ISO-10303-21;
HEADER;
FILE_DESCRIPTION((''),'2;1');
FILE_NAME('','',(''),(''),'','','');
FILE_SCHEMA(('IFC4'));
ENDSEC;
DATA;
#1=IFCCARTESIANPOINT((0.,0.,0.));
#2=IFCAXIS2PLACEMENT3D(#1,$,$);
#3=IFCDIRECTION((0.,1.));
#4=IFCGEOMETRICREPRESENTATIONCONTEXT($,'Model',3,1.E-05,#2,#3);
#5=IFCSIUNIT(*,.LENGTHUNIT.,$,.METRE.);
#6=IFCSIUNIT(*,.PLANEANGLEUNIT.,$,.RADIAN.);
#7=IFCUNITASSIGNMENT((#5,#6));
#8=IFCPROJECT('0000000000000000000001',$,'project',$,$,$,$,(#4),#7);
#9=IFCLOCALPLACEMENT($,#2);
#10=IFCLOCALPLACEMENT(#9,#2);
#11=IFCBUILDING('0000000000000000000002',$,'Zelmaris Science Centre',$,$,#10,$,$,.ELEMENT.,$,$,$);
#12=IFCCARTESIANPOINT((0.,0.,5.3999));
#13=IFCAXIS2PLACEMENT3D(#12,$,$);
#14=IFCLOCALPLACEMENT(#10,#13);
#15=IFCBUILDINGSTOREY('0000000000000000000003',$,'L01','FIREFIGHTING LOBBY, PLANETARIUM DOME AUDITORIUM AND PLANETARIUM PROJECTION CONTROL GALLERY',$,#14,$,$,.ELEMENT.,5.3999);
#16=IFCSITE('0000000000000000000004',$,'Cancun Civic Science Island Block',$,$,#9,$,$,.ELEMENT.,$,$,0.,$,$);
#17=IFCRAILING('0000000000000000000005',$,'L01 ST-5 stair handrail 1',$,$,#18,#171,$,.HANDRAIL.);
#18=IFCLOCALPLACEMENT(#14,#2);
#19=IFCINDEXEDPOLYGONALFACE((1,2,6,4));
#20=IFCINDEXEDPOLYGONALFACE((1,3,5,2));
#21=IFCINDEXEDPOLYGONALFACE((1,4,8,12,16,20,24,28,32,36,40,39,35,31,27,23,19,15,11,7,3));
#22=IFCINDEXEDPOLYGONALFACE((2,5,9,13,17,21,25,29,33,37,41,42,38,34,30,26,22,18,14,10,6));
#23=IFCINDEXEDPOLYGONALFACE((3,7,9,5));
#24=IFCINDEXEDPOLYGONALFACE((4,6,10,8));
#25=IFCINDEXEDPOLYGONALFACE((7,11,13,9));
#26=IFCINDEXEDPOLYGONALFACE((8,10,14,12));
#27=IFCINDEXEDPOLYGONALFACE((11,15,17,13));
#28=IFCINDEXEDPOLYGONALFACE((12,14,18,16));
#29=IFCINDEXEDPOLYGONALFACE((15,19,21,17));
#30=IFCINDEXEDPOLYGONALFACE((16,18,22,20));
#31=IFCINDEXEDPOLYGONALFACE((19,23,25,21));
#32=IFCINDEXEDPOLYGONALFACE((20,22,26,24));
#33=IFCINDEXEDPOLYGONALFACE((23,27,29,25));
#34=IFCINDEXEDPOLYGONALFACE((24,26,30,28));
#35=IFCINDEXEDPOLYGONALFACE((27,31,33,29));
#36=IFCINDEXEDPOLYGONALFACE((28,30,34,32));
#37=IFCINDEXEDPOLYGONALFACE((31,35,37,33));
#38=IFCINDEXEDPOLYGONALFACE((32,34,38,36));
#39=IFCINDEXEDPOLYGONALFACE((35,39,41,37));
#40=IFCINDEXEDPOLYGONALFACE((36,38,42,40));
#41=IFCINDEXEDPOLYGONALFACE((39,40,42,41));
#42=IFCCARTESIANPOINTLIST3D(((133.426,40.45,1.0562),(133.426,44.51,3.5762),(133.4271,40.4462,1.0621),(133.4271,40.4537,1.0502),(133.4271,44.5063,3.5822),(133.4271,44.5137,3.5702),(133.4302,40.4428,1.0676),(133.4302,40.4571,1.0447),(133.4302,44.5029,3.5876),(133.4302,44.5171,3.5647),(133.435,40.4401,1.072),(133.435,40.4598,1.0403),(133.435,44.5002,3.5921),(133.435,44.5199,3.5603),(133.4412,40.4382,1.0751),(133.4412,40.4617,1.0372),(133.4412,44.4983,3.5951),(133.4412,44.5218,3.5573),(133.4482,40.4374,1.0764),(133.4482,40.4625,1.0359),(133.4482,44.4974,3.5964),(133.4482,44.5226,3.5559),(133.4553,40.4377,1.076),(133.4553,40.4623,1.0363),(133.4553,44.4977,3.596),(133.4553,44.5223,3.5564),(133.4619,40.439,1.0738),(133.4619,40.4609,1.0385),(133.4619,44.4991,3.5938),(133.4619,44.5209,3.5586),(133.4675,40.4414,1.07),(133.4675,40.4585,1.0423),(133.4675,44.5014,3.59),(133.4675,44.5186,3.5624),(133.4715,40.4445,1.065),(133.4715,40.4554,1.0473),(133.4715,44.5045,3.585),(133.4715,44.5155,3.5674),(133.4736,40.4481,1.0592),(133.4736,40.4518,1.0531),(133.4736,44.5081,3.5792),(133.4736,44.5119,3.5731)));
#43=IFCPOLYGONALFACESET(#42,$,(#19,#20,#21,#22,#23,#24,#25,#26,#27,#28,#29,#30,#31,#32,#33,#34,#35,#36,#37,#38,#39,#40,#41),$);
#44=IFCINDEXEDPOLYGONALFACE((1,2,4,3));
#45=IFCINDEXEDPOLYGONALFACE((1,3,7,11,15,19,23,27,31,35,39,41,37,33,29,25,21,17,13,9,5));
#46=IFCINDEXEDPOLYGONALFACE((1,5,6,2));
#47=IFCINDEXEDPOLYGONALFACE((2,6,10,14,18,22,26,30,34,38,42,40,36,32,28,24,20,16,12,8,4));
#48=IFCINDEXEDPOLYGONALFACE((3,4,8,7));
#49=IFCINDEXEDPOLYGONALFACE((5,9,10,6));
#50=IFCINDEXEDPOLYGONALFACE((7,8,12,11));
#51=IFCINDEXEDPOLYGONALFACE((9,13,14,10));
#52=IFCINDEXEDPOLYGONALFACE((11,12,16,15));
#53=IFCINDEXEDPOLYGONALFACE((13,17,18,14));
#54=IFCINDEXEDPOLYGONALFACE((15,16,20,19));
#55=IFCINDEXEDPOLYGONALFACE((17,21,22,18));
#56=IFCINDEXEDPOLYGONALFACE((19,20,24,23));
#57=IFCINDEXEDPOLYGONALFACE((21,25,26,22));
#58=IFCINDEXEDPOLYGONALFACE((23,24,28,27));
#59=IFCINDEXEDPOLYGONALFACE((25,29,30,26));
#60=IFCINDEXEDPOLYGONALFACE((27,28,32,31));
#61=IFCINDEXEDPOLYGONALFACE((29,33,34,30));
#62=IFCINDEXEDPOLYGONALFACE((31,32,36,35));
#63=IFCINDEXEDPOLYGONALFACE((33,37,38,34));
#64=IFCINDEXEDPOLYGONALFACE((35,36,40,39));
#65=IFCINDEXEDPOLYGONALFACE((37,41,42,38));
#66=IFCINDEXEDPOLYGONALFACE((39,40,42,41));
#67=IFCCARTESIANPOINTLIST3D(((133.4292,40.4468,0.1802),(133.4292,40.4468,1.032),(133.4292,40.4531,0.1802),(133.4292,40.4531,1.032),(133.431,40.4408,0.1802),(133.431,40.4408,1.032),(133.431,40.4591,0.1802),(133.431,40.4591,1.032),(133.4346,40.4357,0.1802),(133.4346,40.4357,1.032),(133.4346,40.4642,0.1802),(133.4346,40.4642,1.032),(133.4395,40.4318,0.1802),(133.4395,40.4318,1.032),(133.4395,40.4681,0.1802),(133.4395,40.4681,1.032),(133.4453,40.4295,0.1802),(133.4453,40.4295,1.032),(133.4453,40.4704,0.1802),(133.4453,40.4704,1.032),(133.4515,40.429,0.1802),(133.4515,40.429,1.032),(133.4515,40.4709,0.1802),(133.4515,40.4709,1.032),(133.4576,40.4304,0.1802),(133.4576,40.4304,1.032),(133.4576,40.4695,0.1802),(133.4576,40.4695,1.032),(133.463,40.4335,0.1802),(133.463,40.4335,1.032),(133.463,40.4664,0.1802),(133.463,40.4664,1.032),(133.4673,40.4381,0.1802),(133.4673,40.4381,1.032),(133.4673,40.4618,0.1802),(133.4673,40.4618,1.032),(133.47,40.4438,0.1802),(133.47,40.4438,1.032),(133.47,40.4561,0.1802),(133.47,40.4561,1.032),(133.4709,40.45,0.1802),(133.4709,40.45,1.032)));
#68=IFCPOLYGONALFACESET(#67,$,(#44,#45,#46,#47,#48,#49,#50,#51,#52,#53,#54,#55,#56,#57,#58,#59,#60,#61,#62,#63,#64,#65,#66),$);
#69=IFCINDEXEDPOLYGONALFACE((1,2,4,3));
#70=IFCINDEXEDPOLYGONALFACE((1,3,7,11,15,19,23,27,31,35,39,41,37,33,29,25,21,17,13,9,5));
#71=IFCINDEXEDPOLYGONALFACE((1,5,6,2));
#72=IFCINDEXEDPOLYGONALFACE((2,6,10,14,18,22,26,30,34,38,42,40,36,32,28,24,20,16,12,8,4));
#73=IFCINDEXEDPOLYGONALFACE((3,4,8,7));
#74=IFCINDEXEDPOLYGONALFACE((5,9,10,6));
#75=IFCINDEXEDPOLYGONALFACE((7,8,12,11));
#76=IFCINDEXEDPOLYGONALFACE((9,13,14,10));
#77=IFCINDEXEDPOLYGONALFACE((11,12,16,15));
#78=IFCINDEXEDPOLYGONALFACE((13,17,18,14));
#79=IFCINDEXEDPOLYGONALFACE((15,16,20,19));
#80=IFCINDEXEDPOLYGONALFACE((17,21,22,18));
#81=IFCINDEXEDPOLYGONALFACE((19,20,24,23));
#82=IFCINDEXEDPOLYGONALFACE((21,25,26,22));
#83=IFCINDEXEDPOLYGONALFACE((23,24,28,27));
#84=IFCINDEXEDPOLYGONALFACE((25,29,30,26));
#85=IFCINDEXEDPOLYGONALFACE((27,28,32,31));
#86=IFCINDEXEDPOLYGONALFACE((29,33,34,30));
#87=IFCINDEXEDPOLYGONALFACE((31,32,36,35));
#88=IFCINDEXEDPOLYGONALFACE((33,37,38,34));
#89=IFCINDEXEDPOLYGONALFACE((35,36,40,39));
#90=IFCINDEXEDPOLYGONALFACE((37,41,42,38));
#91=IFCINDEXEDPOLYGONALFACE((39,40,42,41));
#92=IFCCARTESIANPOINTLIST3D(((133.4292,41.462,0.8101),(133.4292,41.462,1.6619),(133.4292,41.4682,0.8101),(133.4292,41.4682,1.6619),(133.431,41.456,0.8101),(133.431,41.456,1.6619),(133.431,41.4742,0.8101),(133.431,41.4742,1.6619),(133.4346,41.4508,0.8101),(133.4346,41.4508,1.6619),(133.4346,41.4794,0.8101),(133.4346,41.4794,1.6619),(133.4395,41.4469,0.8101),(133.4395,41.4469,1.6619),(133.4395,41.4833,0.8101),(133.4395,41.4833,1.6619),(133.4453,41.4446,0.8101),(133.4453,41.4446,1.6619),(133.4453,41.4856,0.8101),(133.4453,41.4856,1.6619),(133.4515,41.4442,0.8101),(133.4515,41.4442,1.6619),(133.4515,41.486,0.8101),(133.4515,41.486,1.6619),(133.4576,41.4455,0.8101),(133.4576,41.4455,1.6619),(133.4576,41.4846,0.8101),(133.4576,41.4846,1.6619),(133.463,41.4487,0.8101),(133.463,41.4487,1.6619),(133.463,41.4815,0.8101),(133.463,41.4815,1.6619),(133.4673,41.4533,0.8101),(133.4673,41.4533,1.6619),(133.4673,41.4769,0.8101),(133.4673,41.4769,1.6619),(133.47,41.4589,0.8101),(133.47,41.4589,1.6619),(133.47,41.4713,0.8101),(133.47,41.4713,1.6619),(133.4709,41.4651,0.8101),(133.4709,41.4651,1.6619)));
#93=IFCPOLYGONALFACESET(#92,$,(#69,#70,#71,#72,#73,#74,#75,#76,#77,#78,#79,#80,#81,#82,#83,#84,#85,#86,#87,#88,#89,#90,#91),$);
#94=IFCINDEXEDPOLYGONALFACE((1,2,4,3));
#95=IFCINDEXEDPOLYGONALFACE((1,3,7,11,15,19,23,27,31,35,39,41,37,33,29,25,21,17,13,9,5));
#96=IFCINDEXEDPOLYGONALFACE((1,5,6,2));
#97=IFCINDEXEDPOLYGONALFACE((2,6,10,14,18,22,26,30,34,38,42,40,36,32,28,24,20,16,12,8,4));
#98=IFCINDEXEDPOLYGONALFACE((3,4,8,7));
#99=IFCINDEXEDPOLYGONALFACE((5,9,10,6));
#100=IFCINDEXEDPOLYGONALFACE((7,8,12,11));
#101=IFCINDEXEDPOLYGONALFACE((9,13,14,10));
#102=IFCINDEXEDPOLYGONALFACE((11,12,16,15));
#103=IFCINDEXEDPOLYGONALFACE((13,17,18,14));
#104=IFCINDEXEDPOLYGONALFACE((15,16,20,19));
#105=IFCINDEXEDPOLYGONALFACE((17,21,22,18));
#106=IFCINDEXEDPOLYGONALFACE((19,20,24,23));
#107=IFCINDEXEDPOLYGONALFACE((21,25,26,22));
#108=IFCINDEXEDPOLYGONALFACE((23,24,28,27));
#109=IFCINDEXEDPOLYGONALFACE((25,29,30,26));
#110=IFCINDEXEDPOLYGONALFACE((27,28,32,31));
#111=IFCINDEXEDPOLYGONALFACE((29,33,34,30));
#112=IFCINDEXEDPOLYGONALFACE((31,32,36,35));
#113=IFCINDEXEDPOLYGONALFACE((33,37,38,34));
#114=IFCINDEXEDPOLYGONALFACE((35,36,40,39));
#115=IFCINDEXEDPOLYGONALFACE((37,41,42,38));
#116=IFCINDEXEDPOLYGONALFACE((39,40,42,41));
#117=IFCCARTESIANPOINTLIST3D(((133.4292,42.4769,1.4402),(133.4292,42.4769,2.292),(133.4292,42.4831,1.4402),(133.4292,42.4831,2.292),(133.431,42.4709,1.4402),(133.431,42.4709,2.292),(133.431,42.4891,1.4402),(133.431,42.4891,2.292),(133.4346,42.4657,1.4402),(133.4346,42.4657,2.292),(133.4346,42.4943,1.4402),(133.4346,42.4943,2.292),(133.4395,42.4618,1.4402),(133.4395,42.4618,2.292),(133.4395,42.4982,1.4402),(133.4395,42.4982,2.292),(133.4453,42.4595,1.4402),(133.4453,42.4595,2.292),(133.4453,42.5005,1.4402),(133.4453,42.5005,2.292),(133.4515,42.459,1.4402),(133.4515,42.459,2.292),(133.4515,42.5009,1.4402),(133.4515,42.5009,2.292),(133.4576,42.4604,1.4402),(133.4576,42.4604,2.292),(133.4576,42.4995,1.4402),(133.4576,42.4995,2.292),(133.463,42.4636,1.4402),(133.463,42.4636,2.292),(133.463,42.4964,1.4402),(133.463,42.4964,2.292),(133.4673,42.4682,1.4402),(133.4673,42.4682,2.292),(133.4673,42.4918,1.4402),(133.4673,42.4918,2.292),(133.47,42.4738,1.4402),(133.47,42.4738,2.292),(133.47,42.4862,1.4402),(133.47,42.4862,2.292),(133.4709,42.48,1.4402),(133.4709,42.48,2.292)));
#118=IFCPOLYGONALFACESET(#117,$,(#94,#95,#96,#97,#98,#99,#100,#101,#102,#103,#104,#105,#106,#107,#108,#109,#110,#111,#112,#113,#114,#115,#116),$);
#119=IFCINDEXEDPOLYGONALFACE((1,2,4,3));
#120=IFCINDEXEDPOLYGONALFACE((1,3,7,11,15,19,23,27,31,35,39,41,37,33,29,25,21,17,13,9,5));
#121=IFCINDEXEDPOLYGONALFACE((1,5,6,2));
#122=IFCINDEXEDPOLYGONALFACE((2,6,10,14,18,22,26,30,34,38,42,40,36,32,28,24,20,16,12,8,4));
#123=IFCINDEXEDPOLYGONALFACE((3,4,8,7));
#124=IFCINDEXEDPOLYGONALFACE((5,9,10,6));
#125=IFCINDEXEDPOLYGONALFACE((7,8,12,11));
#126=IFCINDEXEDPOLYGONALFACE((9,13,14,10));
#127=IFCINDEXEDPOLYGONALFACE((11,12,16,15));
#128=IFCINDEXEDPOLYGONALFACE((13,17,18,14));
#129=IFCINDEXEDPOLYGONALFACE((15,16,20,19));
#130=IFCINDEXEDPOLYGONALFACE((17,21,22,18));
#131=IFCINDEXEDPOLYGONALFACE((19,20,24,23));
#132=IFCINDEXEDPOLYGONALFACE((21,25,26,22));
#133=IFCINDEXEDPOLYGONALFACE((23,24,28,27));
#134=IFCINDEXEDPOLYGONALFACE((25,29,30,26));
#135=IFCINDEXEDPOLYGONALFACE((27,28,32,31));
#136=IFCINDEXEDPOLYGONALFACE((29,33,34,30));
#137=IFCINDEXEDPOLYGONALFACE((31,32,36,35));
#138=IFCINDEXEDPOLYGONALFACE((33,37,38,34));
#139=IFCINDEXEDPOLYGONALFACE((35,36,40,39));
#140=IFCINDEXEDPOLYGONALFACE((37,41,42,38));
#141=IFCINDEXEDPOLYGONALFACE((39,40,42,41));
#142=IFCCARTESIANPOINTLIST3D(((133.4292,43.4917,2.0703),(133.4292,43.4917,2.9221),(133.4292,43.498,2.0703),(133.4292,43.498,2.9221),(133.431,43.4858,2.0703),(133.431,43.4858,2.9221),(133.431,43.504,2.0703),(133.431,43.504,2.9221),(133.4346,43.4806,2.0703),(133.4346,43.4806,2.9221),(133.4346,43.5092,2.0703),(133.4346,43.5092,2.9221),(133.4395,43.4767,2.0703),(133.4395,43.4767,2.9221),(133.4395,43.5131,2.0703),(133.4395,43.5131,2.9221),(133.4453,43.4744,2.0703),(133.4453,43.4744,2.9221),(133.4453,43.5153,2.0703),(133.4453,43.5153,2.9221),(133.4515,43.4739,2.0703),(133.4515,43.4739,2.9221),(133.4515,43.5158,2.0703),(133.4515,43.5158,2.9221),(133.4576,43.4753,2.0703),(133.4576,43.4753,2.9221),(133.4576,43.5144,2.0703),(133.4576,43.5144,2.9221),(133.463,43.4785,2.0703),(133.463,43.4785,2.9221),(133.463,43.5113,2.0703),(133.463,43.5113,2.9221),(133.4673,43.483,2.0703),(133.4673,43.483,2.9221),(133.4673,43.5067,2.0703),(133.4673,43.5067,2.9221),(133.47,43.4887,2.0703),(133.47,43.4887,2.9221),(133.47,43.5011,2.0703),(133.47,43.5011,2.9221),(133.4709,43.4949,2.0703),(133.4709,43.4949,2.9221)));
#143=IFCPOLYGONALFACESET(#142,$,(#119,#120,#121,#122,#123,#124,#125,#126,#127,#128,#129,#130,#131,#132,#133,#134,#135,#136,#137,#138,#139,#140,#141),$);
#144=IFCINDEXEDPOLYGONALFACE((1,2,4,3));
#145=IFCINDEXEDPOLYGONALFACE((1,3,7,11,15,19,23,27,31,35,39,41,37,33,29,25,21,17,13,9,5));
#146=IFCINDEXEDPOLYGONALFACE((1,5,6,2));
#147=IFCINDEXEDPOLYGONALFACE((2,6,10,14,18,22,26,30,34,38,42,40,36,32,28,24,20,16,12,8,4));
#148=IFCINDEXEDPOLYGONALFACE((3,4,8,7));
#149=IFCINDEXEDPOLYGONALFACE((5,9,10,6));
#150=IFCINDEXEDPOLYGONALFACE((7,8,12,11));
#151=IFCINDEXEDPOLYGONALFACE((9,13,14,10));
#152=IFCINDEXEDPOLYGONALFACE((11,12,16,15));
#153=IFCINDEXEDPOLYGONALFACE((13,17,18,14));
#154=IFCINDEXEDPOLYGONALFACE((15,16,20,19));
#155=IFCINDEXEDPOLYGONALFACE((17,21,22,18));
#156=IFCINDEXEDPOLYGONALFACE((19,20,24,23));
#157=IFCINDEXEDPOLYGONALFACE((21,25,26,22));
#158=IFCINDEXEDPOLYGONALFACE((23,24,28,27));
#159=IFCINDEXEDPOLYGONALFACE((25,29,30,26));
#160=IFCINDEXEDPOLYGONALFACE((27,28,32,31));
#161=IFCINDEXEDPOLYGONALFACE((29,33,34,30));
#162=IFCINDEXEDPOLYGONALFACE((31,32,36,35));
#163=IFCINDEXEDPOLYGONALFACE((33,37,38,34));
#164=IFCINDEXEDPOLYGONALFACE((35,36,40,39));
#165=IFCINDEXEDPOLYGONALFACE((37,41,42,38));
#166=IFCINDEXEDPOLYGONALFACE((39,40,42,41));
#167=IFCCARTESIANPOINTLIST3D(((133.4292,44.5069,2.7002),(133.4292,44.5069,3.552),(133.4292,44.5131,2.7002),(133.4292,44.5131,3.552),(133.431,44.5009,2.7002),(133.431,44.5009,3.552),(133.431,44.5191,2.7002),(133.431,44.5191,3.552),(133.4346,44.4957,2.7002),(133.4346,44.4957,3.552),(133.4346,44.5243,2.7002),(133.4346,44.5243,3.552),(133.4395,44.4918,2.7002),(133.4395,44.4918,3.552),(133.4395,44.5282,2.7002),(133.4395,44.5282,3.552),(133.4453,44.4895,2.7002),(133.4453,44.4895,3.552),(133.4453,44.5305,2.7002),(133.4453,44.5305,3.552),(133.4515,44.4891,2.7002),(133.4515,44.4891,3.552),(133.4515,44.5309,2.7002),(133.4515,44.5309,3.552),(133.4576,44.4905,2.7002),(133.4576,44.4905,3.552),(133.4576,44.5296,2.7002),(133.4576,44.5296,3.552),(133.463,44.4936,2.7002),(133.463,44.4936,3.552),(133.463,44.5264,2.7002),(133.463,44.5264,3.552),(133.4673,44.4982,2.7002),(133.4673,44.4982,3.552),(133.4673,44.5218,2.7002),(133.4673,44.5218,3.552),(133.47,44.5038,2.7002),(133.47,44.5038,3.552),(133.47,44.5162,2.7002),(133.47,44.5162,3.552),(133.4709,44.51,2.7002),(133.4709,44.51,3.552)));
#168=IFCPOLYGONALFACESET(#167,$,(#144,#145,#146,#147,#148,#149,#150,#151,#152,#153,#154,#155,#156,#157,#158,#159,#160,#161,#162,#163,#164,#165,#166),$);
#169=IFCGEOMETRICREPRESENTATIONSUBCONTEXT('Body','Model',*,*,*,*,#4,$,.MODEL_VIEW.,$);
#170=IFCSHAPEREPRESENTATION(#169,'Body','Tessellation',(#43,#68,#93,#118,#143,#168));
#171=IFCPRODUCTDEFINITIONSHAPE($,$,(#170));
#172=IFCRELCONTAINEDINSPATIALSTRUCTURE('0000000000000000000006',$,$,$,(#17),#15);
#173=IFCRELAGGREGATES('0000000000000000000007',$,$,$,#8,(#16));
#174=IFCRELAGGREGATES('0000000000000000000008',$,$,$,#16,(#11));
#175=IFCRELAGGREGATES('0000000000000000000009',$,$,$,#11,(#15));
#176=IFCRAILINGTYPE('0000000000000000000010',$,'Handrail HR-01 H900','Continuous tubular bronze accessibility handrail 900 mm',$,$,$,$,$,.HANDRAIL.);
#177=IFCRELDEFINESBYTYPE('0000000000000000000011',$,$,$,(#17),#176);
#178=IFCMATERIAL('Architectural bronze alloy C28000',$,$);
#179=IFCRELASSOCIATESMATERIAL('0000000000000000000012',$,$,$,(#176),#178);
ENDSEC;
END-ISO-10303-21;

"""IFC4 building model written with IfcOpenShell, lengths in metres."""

from ifc_helpers import new_model, si_unit, direction, frame, origin, origin_2d, place, context, subcontext, project, spatial, circle, extrude, material, type_object, element, save


model = new_model("IFC4")

# Units and contexts
model_context = context("Model", 3, precision=1e-05, world=origin(), true_north=direction((0.0, 1.0)))
body_context = subcontext(model_context, "Body", "Model", "MODEL_VIEW")
ifc_project = project(units=[si_unit("LENGTHUNIT", "METRE"), si_unit("PLANEANGLEUNIT", "RADIAN")], contexts=[model_context])

# Site, building, storey
site_placement = place(None, origin())
site = spatial("IfcSite", under=ifc_project, at=site_placement, Name="Cancun Civic Science Island Block", CompositionType="ELEMENT", RefElevation=0.0)
building_placement = place(site_placement, origin())
building = spatial("IfcBuilding", under=site, at=building_placement, Name="Zelmaris Science Centre", CompositionType="ELEMENT")
storey_placement = place(building_placement, frame((0.0, 0.0, 5.3999)))
storey = spatial("IfcBuildingStorey", under=building, at=storey_placement, Name="L01", Description="FIREFIGHTING LOBBY, PLANETARIUM DOME AUDITORIUM AND PLANETARIUM PROJECTION CONTROL GALLERY", CompositionType="ELEMENT", Elevation=5.3999)

# Railing
ifc_material_1 = material(Name="Architectural bronze alloy C28000")
railing_type_1 = type_object("IfcRailingType", Name="Handrail HR-01 H900", Description="Continuous tubular bronze accessibility handrail 900 mm", PredefinedType="HANDRAIL", material=ifc_material_1)
railing_1_placement = place(storey_placement, frame((133.45, 40.45, 0.1802)))
element("IfcRailing", 1, at=railing_1_placement, inside=storey, type_object=railing_type_1, Name="L01 ST-5 stair handrail 1", PredefinedType="HANDRAIL", context=body_context, shape_type="SweptSolid", body=[
    extrude(circle(Radius=0.0239, at=origin_2d()), frame((0.0, 0.0, 0.876), z_axis=(0.0, 0.849642, 0.52736), x_axis=(-1.0, 0.0, 0.0)), (0.0, 0.0, 1.0), 4.7786),
    extrude(circle(Radius=0.021, at=origin_2d()), origin(), (0.0, 0.0, 1.0), 0.8518),
    extrude(circle(Radius=0.021, at=origin_2d()), frame((0.0, 1.0151, 0.6299)), (0.0, 0.0, 1.0), 0.8518),
    extrude(circle(Radius=0.021, at=origin_2d()), frame((0.0, 2.03, 1.26)), (0.0, 0.0, 1.0), 0.8518),
    extrude(circle(Radius=0.021, at=origin_2d()), frame((0.0, 3.0449, 1.8901)), (0.0, 0.0, 1.0), 0.8518),
    extrude(circle(Radius=0.021, at=origin_2d()), frame((0.0, 4.0601, 2.52)), (0.0, 0.0, 1.0), 0.8518),
])

save(model, "model.ifc")
